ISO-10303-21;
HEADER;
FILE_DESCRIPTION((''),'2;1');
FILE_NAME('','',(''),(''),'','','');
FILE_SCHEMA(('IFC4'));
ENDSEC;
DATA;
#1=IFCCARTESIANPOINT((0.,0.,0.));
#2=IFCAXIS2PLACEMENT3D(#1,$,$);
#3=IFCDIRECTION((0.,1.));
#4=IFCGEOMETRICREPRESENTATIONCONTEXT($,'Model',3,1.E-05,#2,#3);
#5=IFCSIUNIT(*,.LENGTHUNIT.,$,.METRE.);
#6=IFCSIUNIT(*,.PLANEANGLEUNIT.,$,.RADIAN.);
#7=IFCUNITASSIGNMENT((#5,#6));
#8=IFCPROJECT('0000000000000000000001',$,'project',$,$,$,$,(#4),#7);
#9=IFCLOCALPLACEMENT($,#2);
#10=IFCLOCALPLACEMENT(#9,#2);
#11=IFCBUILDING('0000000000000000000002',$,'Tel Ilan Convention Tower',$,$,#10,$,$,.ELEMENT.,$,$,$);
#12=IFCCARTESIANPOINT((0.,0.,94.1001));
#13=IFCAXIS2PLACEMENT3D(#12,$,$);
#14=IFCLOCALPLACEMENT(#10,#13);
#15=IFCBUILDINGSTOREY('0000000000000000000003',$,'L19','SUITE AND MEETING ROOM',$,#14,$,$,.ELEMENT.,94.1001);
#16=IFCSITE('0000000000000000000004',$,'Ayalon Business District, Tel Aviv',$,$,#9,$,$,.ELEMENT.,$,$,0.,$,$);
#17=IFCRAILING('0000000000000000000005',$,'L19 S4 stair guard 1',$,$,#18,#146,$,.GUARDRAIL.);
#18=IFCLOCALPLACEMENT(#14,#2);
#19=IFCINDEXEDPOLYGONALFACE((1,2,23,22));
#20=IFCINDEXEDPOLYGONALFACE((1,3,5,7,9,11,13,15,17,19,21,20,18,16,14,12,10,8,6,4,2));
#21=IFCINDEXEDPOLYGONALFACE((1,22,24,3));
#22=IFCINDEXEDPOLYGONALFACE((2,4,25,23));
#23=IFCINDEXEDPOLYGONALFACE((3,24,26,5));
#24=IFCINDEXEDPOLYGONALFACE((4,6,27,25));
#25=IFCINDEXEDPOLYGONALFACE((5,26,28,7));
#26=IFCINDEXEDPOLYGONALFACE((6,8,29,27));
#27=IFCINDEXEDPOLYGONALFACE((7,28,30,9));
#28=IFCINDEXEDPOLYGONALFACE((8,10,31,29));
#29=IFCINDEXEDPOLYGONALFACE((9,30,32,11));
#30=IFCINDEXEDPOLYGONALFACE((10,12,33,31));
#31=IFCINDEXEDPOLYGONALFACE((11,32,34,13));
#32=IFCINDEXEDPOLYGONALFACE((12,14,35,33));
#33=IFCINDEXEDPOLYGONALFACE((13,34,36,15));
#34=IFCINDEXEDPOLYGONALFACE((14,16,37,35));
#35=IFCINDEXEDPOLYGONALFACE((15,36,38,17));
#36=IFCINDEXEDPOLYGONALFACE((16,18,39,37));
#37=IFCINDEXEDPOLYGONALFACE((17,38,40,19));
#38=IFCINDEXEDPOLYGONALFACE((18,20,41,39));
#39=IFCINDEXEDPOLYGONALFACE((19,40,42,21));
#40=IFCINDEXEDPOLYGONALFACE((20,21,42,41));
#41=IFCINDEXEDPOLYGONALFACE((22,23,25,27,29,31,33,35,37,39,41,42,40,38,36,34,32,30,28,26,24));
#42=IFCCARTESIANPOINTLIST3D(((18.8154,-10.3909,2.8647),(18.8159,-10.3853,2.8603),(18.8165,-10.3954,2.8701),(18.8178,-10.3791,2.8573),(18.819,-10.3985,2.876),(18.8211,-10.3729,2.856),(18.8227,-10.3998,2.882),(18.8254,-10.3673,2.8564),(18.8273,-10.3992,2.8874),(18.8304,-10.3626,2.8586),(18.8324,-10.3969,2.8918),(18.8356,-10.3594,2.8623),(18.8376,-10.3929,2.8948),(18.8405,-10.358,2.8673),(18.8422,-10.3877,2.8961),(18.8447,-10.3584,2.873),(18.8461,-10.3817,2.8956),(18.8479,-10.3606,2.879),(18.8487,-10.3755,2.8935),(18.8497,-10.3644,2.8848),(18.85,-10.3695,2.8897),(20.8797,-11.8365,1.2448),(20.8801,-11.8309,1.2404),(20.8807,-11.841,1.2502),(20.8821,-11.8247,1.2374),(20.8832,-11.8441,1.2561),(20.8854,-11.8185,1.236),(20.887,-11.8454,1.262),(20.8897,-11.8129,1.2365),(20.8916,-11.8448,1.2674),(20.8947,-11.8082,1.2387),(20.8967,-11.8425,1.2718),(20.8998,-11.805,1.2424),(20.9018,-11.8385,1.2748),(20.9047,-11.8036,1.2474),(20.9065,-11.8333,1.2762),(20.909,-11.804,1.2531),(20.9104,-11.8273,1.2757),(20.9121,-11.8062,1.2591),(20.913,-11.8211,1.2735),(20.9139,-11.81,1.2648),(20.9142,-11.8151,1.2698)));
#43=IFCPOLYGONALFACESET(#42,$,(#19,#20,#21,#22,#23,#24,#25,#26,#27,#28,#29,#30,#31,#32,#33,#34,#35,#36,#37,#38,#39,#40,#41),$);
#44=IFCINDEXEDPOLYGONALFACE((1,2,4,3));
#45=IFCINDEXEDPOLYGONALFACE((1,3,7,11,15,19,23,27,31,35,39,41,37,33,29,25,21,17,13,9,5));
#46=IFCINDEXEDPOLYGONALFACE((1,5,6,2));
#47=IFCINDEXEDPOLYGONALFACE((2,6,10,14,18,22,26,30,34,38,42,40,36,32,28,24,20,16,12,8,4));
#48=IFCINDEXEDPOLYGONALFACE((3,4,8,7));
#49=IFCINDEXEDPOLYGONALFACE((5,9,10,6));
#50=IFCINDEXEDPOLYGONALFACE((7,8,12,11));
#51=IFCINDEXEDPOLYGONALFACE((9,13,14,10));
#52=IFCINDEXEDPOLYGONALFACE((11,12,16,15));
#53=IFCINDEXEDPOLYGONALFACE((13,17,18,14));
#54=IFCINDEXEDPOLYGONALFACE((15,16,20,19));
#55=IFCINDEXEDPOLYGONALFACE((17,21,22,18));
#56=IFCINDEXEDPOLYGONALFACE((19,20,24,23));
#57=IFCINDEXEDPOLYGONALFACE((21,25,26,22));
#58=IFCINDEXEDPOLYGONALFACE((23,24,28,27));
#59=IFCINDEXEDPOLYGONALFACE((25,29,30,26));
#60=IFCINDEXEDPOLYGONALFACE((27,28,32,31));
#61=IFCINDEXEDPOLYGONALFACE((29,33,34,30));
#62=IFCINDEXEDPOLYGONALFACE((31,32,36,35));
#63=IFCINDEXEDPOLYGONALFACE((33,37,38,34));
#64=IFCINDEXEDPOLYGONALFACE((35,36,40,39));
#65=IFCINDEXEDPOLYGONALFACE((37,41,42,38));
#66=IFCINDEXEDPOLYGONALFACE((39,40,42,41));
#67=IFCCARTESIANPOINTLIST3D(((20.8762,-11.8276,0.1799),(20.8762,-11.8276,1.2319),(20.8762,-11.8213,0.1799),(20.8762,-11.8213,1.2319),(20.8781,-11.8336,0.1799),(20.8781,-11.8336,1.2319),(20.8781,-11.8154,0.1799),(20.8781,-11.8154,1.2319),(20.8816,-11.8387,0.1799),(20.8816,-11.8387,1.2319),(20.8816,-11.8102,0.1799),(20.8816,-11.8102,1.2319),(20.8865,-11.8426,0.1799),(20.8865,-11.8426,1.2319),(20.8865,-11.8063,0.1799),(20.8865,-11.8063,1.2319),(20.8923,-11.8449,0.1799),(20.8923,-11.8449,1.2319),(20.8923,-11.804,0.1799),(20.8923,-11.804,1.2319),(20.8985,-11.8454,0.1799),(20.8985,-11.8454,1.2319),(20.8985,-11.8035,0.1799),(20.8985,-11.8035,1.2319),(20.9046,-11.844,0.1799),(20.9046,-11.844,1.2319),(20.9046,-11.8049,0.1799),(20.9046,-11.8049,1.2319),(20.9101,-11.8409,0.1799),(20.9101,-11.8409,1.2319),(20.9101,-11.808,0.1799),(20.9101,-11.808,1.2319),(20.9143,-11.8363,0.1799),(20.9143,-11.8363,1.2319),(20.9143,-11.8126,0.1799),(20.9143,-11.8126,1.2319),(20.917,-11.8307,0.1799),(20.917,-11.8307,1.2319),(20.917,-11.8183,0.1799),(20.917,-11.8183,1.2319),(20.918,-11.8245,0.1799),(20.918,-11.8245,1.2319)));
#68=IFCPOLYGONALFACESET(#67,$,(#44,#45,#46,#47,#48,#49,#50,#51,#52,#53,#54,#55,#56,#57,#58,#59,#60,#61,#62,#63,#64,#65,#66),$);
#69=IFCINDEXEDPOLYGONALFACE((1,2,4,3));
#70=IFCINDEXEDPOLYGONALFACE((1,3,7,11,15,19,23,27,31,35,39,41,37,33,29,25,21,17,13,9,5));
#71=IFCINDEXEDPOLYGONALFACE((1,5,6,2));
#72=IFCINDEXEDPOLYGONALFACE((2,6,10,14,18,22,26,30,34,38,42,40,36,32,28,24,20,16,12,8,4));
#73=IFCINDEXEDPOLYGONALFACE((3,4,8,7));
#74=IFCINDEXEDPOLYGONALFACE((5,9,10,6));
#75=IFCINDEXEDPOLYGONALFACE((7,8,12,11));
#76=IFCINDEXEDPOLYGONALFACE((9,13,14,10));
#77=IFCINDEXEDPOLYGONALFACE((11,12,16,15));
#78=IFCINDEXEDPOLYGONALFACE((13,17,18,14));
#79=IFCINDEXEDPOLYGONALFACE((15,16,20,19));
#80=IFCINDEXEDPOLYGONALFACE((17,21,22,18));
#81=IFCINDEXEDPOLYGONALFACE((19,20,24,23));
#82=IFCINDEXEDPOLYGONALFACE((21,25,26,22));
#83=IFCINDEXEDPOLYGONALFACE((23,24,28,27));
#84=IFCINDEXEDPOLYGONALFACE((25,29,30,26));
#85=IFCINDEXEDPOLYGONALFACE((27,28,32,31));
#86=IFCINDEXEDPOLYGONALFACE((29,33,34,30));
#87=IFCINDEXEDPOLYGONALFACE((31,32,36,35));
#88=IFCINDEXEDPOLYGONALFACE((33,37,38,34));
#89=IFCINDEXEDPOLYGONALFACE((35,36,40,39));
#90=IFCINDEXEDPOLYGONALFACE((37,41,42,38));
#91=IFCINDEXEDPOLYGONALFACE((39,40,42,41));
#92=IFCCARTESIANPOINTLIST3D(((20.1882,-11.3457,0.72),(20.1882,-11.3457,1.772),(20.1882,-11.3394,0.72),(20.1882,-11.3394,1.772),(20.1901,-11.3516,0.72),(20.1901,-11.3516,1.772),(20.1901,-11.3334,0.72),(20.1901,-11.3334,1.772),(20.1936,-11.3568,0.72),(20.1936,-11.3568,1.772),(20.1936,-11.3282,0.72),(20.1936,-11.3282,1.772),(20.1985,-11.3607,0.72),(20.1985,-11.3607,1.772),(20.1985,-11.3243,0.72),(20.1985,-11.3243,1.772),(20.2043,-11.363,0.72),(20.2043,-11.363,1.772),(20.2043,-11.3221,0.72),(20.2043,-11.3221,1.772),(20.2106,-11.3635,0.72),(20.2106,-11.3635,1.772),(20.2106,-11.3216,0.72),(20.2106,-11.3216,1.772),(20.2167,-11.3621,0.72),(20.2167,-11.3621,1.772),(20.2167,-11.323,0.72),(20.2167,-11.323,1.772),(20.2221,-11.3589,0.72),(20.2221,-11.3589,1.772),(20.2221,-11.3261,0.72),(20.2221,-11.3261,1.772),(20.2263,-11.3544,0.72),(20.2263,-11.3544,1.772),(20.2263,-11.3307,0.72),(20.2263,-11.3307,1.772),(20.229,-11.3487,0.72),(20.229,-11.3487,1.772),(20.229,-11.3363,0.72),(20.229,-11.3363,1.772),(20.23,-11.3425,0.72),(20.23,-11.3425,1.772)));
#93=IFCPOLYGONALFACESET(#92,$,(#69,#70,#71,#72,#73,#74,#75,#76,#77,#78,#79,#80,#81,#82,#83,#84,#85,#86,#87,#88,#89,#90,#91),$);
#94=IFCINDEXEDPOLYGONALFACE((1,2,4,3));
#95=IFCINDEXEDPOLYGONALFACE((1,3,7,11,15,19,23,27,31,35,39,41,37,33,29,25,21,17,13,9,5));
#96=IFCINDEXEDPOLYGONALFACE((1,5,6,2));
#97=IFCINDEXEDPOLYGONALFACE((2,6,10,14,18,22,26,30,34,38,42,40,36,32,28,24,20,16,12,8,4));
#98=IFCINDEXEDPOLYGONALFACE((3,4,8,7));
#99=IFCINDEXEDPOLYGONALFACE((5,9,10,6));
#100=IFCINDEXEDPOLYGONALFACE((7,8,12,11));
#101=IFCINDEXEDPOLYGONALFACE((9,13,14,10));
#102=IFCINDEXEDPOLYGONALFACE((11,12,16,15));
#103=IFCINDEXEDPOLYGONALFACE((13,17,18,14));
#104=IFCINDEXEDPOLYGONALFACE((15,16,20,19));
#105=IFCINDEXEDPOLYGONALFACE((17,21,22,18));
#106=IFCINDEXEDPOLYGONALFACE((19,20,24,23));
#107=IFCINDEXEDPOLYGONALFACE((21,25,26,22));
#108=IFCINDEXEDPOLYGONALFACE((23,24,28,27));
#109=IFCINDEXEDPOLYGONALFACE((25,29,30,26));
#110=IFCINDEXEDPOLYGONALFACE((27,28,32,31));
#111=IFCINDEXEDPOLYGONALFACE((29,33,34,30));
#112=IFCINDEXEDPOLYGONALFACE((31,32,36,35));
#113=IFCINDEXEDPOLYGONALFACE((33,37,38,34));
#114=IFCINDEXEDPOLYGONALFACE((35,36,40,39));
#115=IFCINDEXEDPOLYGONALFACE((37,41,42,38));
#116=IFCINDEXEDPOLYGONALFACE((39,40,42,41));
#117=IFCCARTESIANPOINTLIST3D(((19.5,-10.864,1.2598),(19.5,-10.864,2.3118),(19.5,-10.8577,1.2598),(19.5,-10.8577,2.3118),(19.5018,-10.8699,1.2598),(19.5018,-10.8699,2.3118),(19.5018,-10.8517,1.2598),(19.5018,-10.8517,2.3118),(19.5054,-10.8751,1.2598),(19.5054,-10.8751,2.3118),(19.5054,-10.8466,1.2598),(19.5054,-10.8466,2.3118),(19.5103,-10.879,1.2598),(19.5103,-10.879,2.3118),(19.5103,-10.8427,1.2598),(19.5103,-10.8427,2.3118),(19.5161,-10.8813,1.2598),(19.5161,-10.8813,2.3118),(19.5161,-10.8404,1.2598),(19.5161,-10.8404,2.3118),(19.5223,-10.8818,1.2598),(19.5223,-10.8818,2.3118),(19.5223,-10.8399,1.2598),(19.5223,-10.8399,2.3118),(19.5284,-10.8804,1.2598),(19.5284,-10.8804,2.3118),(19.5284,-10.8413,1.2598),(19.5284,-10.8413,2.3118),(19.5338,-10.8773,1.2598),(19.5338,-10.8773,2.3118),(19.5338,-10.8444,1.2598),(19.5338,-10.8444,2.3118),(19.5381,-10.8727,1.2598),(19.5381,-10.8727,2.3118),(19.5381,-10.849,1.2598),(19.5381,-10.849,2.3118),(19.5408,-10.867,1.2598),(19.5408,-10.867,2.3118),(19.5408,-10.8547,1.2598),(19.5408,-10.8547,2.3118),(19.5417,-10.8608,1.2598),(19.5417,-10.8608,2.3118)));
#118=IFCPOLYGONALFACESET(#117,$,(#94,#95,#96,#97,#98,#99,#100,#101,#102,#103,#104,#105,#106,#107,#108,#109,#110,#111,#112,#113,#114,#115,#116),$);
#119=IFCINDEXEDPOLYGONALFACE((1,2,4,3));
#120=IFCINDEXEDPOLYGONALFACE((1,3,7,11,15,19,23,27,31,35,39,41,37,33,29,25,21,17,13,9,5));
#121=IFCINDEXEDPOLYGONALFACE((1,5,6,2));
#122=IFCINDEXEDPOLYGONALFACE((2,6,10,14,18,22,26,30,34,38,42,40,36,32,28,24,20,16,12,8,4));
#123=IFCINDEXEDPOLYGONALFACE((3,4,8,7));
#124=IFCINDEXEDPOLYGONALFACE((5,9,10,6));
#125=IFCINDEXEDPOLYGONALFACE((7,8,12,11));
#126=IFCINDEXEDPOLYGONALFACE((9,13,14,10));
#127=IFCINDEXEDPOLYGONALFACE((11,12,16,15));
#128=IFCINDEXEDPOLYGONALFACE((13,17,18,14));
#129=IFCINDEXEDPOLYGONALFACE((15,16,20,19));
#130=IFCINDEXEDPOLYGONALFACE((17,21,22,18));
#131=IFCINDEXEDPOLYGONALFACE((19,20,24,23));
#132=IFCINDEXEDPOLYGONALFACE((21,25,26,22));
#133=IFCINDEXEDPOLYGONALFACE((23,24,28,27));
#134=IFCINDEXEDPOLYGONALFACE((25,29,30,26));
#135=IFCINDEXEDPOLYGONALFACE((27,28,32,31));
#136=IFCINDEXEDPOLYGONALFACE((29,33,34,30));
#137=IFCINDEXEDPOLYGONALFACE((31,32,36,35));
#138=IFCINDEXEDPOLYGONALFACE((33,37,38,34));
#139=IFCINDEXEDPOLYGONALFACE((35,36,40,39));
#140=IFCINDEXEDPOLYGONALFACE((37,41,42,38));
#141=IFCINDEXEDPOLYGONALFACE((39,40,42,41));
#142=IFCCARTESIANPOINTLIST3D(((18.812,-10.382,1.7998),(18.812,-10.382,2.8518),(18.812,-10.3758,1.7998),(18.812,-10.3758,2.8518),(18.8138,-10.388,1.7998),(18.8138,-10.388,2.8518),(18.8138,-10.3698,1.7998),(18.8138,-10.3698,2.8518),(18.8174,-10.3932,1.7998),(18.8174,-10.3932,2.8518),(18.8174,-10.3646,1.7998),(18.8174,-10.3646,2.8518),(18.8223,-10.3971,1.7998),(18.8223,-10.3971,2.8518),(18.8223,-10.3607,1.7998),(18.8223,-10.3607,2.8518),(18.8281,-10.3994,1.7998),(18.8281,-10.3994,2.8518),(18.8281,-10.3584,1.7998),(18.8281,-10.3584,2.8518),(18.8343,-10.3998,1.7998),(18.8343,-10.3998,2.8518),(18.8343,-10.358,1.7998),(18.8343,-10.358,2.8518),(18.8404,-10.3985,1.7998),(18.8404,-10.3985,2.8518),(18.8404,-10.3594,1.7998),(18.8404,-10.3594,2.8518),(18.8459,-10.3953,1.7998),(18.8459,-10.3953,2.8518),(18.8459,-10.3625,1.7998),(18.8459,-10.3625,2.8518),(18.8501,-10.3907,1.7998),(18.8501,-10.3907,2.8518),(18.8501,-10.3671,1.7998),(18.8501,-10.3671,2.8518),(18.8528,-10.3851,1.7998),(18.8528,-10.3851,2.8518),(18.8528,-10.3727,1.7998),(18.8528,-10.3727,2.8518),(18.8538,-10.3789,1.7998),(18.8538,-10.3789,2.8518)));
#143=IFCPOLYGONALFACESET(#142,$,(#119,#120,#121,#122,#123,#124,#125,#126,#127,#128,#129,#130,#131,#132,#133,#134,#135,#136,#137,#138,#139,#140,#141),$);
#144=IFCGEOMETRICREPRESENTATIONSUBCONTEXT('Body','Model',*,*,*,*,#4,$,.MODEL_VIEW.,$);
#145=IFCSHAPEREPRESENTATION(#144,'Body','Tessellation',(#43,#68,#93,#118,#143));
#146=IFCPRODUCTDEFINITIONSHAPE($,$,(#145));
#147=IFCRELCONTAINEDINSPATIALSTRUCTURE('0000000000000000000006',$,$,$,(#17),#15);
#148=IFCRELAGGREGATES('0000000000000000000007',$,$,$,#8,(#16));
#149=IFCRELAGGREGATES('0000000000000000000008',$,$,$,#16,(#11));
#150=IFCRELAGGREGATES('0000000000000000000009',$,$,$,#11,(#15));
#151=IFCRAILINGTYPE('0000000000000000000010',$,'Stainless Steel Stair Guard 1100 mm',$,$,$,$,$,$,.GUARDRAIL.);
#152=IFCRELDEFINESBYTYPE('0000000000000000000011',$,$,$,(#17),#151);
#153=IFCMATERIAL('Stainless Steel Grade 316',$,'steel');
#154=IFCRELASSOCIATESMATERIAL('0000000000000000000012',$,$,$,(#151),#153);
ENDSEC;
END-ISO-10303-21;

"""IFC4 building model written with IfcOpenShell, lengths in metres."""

from ifc_helpers import new_model, si_unit, direction, frame, origin, origin_2d, place, context, subcontext, project, spatial, circle, extrude, material, type_object, element, save


model = new_model("IFC4")

# Units and contexts
model_context = context("Model", 3, precision=1e-05, world=origin(), true_north=direction((0.0, 1.0)))
body_context = subcontext(model_context, "Body", "Model", "MODEL_VIEW")
ifc_project = project(units=[si_unit("LENGTHUNIT", "METRE"), si_unit("PLANEANGLEUNIT", "RADIAN")], contexts=[model_context])

# Site, building, storey
site_placement = place(None, origin())
site = spatial("IfcSite", under=ifc_project, at=site_placement, Name="Ayalon Business District, Tel Aviv", CompositionType="ELEMENT", RefElevation=0.0)
building_placement = place(site_placement, origin())
building = spatial("IfcBuilding", under=site, at=building_placement, Name="Tel Ilan Convention Tower", CompositionType="ELEMENT")
storey_placement = place(building_placement, frame((0.0, 0.0, 94.1001)))
storey = spatial("IfcBuildingStorey", under=building, at=storey_placement, Name="L19", Description="SUITE AND MEETING ROOM", CompositionType="ELEMENT", Elevation=94.1001)

# Railing
ifc_material_1 = material(Name="Stainless Steel Grade 316", Category="steel")
railing_type_1 = type_object("IfcRailingType", Name="Stainless Steel Stair Guard 1100 mm", PredefinedType="GUARDRAIL", material=ifc_material_1)
railing_1_placement = place(storey_placement, frame((20.897, -11.8245, 0.1799)))
element("IfcRailing", 1, at=railing_1_placement, inside=storey, type_object=railing_type_1, Name="L19 S4 stair guard 1", PredefinedType="GUARDRAIL", context=body_context, shape_type="SweptSolid", body=[
    extrude(circle(Radius=0.0239, at=origin_2d()), frame((0.0, 0.0, 1.0762), z_axis=(-0.689043, 0.482534, 0.540722), x_axis=(-0.573625, -0.819118, 0.0)), (0.0, 0.0, 1.0), 2.9958),
    extrude(circle(Radius=0.021, at=origin_2d()), origin(), (0.0, 0.0, 1.0), 1.052),
    extrude(circle(Radius=0.021, at=origin_2d()), frame((-0.688, 0.4819, 0.54)), (0.0, 0.0, 1.0), 1.052),
    extrude(circle(Radius=0.021, at=origin_2d()), frame((-1.3762, 0.9636, 1.0798)), (0.0, 0.0, 1.0), 1.052),
    extrude(circle(Radius=0.021, at=origin_2d()), frame((-2.0642, 1.4456, 1.6199)), (0.0, 0.0, 1.0), 1.052),
])

save(model, "model.ifc")
